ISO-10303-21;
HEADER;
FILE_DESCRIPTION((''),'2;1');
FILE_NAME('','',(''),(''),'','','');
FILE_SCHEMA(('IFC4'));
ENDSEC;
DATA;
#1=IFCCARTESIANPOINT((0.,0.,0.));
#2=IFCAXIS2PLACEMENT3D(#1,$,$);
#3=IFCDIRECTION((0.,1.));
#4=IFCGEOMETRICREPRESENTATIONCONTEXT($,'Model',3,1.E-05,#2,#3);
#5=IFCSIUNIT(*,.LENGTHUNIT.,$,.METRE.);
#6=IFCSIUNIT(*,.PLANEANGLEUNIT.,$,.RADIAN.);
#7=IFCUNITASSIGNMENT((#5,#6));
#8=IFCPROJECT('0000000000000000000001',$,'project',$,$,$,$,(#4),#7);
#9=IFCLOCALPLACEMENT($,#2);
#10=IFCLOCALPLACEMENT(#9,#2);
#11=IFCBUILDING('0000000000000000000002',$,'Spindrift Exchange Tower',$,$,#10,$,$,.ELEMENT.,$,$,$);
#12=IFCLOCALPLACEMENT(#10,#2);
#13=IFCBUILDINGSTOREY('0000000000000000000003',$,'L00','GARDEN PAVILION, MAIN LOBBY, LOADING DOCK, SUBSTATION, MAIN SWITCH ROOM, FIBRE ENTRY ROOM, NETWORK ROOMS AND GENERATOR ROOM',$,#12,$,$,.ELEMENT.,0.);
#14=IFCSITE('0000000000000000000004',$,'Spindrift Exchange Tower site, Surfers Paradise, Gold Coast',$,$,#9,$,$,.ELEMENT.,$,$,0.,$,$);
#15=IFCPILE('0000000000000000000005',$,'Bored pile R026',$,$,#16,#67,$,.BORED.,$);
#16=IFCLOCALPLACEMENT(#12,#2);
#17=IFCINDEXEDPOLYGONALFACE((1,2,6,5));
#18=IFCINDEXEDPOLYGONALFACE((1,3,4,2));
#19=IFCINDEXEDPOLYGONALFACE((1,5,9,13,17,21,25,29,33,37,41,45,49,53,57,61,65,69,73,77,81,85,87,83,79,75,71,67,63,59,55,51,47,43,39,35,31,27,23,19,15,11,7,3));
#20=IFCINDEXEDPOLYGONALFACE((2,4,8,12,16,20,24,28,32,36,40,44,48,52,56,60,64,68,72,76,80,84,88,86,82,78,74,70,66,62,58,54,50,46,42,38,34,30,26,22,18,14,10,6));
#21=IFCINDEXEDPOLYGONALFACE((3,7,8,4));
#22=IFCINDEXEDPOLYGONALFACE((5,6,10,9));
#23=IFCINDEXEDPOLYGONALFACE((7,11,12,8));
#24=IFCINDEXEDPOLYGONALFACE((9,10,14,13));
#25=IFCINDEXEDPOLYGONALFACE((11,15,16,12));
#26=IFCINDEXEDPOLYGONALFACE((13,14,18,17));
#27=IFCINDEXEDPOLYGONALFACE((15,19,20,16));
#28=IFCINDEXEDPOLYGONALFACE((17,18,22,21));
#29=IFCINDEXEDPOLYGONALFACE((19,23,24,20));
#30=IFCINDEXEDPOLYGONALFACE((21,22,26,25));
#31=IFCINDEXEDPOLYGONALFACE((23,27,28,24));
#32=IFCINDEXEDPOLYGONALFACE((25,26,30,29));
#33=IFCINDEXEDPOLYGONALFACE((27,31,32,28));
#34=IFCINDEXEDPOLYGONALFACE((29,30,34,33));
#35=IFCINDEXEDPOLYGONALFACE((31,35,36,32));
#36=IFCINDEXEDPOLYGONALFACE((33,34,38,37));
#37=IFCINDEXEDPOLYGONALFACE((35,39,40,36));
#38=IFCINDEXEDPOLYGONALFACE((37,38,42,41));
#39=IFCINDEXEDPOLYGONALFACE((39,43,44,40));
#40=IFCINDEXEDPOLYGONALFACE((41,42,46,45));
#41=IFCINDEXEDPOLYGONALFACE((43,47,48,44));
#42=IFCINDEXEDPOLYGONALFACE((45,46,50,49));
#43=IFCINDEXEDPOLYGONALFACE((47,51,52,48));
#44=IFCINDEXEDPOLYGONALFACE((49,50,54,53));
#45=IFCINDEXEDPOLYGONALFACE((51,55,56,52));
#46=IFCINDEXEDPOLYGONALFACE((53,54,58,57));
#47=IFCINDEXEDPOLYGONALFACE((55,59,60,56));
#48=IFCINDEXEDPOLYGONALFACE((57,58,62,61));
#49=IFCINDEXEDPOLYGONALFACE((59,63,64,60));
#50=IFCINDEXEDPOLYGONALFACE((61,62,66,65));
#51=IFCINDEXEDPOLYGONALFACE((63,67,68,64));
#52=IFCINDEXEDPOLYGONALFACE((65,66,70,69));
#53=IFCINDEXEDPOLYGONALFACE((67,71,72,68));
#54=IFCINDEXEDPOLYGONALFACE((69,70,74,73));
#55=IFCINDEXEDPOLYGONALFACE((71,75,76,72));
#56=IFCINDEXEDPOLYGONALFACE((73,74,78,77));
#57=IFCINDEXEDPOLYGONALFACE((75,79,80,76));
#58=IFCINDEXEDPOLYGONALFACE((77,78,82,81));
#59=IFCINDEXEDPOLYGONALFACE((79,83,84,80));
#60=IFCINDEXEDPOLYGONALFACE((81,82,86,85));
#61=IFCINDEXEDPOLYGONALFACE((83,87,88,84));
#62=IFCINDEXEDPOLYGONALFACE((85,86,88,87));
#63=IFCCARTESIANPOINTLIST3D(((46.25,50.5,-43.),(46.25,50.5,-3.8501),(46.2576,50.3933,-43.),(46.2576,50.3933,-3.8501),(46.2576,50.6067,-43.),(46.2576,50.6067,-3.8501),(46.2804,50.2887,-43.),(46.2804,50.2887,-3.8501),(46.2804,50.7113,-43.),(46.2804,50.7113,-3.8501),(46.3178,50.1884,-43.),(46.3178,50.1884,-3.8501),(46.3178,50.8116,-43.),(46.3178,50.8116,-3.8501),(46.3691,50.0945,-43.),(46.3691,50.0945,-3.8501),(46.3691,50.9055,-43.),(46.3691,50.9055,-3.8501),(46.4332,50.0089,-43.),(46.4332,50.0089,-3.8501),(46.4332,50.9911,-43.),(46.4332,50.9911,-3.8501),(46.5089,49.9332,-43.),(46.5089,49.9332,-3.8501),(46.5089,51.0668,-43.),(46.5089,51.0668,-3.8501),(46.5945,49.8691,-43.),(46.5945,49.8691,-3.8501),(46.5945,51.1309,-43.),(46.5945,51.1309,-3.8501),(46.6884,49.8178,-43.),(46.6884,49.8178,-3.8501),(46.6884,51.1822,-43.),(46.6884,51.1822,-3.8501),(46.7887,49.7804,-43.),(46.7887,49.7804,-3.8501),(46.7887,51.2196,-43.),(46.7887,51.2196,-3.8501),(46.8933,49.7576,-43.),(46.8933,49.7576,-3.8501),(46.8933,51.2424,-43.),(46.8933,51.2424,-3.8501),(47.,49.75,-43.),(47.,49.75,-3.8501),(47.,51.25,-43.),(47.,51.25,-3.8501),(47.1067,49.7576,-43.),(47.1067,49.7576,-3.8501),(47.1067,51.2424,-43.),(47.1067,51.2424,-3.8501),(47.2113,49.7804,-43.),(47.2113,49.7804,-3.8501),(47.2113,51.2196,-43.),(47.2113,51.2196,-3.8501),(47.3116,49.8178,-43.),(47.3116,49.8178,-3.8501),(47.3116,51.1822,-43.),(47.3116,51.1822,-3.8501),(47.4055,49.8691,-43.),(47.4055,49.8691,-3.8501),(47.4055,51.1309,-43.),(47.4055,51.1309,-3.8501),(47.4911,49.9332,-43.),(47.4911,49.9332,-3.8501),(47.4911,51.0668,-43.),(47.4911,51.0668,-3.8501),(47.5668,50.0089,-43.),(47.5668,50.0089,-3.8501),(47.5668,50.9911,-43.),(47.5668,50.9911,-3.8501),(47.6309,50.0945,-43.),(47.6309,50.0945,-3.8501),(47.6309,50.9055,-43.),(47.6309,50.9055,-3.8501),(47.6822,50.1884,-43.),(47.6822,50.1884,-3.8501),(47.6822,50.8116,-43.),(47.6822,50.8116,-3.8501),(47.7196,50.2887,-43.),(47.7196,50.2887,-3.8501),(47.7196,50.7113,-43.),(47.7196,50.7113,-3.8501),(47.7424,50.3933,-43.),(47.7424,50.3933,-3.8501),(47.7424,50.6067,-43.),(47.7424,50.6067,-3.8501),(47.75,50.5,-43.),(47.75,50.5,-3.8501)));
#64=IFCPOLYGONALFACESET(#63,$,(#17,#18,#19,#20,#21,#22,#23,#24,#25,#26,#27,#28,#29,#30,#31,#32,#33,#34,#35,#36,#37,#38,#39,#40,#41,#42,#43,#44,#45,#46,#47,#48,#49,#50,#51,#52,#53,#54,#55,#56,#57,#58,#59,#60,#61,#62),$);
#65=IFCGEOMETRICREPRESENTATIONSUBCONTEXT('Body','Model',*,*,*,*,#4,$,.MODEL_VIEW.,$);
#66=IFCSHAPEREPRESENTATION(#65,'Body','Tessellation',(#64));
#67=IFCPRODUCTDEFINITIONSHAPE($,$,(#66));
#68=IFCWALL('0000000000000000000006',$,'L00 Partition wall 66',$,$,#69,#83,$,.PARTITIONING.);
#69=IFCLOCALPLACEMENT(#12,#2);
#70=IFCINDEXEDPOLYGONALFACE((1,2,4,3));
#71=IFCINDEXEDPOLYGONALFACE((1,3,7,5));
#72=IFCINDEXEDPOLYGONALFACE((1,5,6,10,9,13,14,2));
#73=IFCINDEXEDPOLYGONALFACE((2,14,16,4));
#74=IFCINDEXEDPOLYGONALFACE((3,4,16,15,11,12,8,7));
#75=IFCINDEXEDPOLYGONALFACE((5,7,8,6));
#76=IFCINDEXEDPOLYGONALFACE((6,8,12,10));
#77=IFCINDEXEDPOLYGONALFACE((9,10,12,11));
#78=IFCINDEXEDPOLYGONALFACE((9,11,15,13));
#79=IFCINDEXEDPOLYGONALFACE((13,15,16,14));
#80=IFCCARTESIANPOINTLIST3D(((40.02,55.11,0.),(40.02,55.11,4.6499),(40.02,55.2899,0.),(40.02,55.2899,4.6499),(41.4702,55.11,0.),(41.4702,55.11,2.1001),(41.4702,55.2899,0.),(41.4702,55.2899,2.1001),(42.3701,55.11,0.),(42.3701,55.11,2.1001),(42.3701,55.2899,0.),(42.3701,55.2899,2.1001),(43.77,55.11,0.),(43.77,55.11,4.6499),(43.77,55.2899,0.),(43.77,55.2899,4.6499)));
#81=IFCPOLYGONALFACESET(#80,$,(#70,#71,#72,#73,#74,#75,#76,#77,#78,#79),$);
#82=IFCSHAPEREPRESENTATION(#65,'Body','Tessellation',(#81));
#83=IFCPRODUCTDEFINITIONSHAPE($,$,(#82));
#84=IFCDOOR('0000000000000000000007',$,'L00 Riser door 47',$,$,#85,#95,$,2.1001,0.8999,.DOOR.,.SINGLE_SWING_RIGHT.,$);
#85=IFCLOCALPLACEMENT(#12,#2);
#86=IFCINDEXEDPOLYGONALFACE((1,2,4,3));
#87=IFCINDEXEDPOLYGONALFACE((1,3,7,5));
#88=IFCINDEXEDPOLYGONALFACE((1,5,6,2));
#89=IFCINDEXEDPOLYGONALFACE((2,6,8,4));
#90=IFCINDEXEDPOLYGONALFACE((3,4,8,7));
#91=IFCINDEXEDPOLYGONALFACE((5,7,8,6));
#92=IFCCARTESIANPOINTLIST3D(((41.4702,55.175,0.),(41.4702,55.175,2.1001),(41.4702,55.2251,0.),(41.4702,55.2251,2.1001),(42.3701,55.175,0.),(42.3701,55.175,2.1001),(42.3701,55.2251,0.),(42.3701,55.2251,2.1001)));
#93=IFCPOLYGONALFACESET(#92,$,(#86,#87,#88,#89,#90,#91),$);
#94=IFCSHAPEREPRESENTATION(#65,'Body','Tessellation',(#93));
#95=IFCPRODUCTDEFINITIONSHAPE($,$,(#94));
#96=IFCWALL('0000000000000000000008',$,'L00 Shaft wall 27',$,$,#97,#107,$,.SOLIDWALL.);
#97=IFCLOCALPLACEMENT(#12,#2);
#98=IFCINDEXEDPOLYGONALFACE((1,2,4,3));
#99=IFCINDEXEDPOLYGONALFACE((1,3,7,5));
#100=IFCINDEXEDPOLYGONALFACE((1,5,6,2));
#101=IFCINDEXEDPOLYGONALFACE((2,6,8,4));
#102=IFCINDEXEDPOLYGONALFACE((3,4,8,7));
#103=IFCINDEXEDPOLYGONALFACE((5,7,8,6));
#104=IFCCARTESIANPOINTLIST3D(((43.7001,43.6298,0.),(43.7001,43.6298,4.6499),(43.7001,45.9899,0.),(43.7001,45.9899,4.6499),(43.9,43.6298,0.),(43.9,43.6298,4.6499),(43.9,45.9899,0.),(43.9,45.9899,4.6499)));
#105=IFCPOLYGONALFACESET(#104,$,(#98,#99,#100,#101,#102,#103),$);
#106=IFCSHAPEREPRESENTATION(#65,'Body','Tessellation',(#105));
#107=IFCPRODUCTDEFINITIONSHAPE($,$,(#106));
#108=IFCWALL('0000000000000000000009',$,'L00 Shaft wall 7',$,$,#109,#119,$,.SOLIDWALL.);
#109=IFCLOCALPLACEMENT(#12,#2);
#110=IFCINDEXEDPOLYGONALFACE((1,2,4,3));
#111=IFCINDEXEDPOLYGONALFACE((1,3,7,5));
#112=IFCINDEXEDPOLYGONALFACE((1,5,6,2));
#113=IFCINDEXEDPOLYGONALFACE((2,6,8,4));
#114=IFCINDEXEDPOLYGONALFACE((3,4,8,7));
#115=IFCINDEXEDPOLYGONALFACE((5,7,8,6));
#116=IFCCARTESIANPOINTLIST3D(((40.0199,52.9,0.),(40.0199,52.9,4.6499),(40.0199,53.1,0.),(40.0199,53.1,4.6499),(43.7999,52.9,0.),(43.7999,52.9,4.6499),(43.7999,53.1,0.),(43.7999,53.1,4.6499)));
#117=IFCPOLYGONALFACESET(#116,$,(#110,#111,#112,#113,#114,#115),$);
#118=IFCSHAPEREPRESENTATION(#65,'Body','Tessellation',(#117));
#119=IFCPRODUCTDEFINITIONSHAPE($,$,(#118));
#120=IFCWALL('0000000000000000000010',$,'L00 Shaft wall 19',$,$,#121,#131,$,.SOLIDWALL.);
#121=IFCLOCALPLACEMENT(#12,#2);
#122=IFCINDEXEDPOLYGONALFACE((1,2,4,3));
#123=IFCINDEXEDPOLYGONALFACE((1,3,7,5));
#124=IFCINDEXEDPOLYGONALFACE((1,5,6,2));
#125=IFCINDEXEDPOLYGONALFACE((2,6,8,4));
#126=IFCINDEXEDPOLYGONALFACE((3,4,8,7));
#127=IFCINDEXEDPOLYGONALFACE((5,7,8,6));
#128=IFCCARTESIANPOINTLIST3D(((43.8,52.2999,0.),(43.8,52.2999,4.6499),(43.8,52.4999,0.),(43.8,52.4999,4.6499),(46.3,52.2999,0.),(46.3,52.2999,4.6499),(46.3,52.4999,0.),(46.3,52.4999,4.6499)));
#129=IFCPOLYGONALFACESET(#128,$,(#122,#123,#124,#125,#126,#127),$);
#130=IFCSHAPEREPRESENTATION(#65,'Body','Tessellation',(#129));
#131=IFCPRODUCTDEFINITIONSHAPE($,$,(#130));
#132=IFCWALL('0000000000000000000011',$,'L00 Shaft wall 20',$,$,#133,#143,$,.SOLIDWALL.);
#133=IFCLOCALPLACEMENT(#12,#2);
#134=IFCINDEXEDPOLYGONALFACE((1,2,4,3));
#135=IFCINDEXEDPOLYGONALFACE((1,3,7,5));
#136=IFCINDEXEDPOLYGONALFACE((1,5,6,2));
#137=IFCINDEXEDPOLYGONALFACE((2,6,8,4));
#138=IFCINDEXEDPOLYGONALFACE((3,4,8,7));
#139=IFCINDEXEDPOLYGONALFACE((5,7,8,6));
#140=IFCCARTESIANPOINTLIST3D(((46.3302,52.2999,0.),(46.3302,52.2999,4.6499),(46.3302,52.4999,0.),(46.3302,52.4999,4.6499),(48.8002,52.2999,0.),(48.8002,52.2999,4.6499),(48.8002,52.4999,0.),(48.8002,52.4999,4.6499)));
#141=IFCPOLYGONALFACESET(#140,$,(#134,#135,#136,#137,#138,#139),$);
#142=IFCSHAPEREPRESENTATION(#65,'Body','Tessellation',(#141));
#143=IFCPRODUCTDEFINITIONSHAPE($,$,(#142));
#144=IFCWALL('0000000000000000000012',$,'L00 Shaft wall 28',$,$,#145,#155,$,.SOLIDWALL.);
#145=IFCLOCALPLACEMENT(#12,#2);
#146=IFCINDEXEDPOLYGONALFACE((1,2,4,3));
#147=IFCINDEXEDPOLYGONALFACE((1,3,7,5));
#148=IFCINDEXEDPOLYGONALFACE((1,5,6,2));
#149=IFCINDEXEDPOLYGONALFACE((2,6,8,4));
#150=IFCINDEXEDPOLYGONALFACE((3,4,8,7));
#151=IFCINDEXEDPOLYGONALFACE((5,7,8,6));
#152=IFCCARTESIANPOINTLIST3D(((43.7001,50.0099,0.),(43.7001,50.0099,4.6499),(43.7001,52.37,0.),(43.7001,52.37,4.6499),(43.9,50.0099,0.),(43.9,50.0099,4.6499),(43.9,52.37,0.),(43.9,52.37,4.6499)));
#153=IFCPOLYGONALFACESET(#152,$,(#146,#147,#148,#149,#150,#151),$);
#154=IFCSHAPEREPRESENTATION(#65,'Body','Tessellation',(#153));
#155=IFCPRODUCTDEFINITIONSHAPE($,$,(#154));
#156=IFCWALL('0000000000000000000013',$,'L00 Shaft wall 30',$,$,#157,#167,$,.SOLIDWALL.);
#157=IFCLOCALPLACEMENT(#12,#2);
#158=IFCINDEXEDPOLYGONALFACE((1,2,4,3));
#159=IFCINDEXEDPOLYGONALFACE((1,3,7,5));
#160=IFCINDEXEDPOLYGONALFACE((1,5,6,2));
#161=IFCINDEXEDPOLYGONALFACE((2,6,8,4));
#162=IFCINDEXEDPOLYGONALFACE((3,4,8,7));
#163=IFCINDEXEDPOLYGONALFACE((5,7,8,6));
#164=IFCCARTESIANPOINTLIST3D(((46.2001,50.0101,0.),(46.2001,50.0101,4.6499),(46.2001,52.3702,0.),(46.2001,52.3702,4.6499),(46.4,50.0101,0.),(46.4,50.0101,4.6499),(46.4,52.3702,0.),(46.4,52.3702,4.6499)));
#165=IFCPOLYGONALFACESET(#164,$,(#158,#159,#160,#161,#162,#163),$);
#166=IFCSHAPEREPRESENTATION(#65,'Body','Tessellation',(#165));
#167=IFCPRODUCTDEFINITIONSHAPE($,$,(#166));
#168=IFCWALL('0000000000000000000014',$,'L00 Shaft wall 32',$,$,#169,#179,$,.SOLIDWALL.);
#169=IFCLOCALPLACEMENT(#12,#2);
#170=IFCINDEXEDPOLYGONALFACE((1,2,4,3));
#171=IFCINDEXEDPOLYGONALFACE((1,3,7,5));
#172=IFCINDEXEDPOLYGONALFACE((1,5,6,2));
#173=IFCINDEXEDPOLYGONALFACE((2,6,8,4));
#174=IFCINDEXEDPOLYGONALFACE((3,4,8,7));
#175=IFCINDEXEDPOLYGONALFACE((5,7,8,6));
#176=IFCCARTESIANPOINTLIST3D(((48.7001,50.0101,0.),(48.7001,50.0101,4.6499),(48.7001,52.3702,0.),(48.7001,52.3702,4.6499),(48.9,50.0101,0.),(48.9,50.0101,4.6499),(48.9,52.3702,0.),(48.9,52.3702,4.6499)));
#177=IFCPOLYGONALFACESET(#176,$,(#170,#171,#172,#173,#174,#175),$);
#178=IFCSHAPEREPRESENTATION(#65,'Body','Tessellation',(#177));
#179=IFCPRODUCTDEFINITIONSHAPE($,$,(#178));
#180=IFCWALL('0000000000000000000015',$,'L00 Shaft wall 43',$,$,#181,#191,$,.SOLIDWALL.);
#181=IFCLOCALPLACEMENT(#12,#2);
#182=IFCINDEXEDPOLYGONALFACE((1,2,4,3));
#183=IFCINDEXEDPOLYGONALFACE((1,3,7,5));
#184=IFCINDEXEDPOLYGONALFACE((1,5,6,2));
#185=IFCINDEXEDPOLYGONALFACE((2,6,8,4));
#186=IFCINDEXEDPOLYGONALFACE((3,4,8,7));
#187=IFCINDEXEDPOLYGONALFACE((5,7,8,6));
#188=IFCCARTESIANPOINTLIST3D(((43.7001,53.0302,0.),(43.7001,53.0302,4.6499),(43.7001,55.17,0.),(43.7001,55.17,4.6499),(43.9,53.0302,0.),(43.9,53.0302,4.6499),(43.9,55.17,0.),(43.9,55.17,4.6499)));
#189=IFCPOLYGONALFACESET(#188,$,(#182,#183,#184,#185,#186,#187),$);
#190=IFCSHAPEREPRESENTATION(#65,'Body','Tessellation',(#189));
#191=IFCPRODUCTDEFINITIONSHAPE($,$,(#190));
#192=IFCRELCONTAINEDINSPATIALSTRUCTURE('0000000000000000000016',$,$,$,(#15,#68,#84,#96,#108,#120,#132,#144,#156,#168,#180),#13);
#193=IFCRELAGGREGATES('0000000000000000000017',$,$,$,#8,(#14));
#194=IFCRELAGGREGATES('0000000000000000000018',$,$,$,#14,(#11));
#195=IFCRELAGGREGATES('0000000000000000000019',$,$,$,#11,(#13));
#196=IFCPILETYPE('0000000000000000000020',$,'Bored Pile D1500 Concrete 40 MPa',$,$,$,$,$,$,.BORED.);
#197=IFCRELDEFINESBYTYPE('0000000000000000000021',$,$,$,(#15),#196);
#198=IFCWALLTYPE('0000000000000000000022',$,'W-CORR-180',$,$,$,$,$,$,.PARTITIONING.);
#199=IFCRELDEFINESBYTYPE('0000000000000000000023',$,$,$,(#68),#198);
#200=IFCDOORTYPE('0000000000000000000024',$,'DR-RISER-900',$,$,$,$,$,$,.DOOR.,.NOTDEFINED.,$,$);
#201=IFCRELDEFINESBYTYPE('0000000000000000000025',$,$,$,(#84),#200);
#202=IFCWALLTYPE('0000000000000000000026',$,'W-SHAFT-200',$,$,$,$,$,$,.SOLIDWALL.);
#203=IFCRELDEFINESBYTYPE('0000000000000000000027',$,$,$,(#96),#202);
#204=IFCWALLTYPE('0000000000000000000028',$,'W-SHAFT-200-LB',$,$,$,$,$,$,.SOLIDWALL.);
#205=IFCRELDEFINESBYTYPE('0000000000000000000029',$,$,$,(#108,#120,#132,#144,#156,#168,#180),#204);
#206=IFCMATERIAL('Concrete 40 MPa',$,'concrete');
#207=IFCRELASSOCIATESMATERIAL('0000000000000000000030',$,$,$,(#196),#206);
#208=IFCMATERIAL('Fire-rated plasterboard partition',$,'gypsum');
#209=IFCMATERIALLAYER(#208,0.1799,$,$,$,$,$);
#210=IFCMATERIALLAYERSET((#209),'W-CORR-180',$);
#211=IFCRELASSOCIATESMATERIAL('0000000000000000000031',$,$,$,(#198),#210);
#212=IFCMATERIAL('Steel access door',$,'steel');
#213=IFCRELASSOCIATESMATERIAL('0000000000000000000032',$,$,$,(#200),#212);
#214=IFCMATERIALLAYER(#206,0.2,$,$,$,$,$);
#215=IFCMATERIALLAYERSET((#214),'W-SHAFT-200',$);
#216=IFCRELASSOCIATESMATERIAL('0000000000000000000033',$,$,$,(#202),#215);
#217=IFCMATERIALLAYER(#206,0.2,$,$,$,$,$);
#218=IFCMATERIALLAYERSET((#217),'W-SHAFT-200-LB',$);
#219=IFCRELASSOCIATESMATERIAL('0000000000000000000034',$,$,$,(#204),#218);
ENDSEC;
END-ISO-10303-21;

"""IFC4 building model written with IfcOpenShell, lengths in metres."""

from ifc_helpers import new_model, si_unit, direction, frame, frame_2d, origin, origin_2d, place, context, subcontext, project, spatial, rectangle, circle, extrude, source, transform, mapped, material, layer, layer_set, material_profile, profile_set, type_object, element, fill, save


model = new_model("IFC4")

# Units and contexts
model_context = context("Model", 3, precision=1e-05, world=origin(), true_north=direction((0.0, 1.0)))
body_context = subcontext(model_context, "Body", "Model", "MODEL_VIEW")
ifc_project = project(units=[si_unit("LENGTHUNIT", "METRE"), si_unit("PLANEANGLEUNIT", "RADIAN")], contexts=[model_context])

# Site, building, storey
site_placement = place(None, origin())
site = spatial("IfcSite", under=ifc_project, at=site_placement, Name="Spindrift Exchange Tower site, Surfers Paradise, Gold Coast", CompositionType="ELEMENT", RefElevation=0.0)
building_placement = place(site_placement, origin())
building = spatial("IfcBuilding", under=site, at=building_placement, Name="Spindrift Exchange Tower", CompositionType="ELEMENT")
storey_placement = place(building_placement, origin())
storey = spatial("IfcBuildingStorey", under=building, at=storey_placement, Name="L00", Description="GARDEN PAVILION, MAIN LOBBY, LOADING DOCK, SUBSTATION, MAIN SWITCH ROOM, FIBRE ENTRY ROOM, NETWORK ROOMS AND GENERATOR ROOM", CompositionType="ELEMENT", Elevation=0.0)

# Pile
ifc_material_1 = material(Name="Concrete 40 MPa", Category="concrete")
ifc_material_profile = material_profile(ifc_material_1, circle(Radius=0.75, at=origin_2d()), Name="BP D1500")
ifc_profile_set = profile_set([ifc_material_profile], Name="Concrete 40 MPa")
pile_type = type_object("IfcPileType", Name="Bored Pile D1500 Concrete 40 MPa", PredefinedType="BORED", material=ifc_profile_set)
shared_shape_1 = source(origin(), body_context, "Body", "SweptSolid", [
    extrude(circle(Radius=0.75, at=origin_2d()), origin(), (0.0, 0.0, 1.0), 39.1499),
])
for number, where, z_axis, x_axis, name in (
    (1, (47.0, 50.5, -3.8501), (0.0, 0.0, -1.0), (1.0, 0.0, 0.0), "Bored pile R026"),
):
    element("IfcPile", number, at=place(storey_placement, frame(where, z_axis=z_axis, x_axis=x_axis)), inside=storey, type_object=pile_type, Name=name, PredefinedType="BORED", context=body_context, shape_type="MappedRepresentation", body=[
        mapped(shared_shape_1, transform((0.0, 0.0, 0.0), scale=1.0)),
    ])

# Wall, opening, door
ifc_material_2 = material(Name="Fire-rated plasterboard partition", Category="gypsum")
ifc_layer_1 = layer(ifc_material_2, 0.1799)
ifc_layer_set_1 = layer_set([ifc_layer_1], Name="W-CORR-180")
wall_type_1 = type_object("IfcWallType", Name="W-CORR-180", PredefinedType="PARTITIONING", material=ifc_layer_set_1)
wall_1_placement = place(storey_placement, frame((43.77, 55.2, 0.0), z_axis=(0.0, 0.0, 1.0), x_axis=(-1.0, 0.0, 0.0)))
wall_1 = element("IfcWall", 2, at=wall_1_placement, inside=storey, type_object=wall_type_1, Name="L00 Partition wall 66", PredefinedType="PARTITIONING", context=body_context, shape_type="SweptSolid", body=[
    extrude(rectangle(XDim=3.75, YDim=0.1799, at=frame_2d((1.875, 0.0))), origin(), (0.0, 0.0, 1.0), 4.6499),
])
opening_placement = place(wall_1_placement, frame((1.3999, 0.0, 0.0)))
opening = element("IfcOpeningElement", 3, at=opening_placement, cuts=wall_1, PredefinedType="OPENING", context=body_context, shape_type="SweptSolid", body=[
    extrude(rectangle(XDim=0.8999, YDim=2.1001, at=frame_2d((0.45, 1.05))), frame((0.0, 0.0999, 0.0), z_axis=(0.0, -1.0, 0.0), x_axis=(1.0, 0.0, 0.0)), (0.0, 0.0, 1.0), 0.2),
])
ifc_material_3 = material(Name="Steel access door", Category="steel")
door_type = type_object("IfcDoorType", Name="DR-RISER-900", OperationType="NOTDEFINED", PredefinedType="DOOR", material=ifc_material_3)
shared_shape_2 = source(origin(), body_context, "Body", "SweptSolid", [
    extrude(rectangle(XDim=0.8999, YDim=2.1001, at=frame_2d((0.45, 1.05))), frame((0.0, 0.0249, 0.0), z_axis=(0.0, -1.0, 0.0), x_axis=(1.0, 0.0, 0.0)), (0.0, 0.0, 1.0), 0.05),
])
door_placement = place(opening_placement, origin())
door = element("IfcDoor", 4, at=door_placement, inside=storey, type_object=door_type, Name="L00 Riser door 47", OperationType="SINGLE_SWING_RIGHT", OverallHeight=2.1001, OverallWidth=0.8999, PredefinedType="DOOR", context=body_context, shape_type="MappedRepresentation", body=[
    mapped(shared_shape_2, transform((0.0, 0.0, 0.0), scale=1.0)),
])
fill(opening, door)

# Walls
ifc_layer_2 = layer(ifc_material_1, 0.2)
ifc_layer_set_2 = layer_set([ifc_layer_2], Name="W-SHAFT-200")
wall_type_2 = type_object("IfcWallType", Name="W-SHAFT-200", PredefinedType="SOLIDWALL", material=ifc_layer_set_2)
wall_2_placement = place(storey_placement, frame((43.8, 45.99, 0.0), z_axis=(0.0, 0.0, 1.0), x_axis=(0.0, -1.0, 0.0)))
element("IfcWall", 5, at=wall_2_placement, inside=storey, type_object=wall_type_2, Name="L00 Shaft wall 27", PredefinedType="SOLIDWALL", context=body_context, shape_type="SweptSolid", body=[
    extrude(rectangle(XDim=2.3601, YDim=0.2, at=frame_2d((1.1802, 0.0))), origin(), (0.0, 0.0, 1.0), 4.6499),
])
ifc_layer_3 = layer(ifc_material_1, 0.2)
ifc_layer_set_3 = layer_set([ifc_layer_3], Name="W-SHAFT-200-LB")
wall_type_3 = type_object("IfcWallType", Name="W-SHAFT-200-LB", PredefinedType="SOLIDWALL", material=ifc_layer_set_3)
wall_3_placement = place(storey_placement, frame((43.8, 53.0, 0.0), z_axis=(0.0, 0.0, 1.0), x_axis=(-1.0, 0.0, 0.0)))
element("IfcWall", 6, at=wall_3_placement, inside=storey, type_object=wall_type_3, Name="L00 Shaft wall 7", PredefinedType="SOLIDWALL", context=body_context, shape_type="SweptSolid", body=[
    extrude(rectangle(XDim=3.78, YDim=0.2, at=frame_2d((1.8901, 0.0))), origin(), (0.0, 0.0, 1.0), 4.6499),
])
wall_4_placement = place(storey_placement, frame((46.3, 52.3999, 0.0), z_axis=(0.0, 0.0, 1.0), x_axis=(-1.0, 0.0, 0.0)))
element("IfcWall", 7, at=wall_4_placement, inside=storey, type_object=wall_type_3, Name="L00 Shaft wall 19", PredefinedType="SOLIDWALL", context=body_context, shape_type="SweptSolid", body=[
    extrude(rectangle(XDim=2.5, YDim=0.2, at=frame_2d((1.25, 0.0))), origin(), (0.0, 0.0, 1.0), 4.6499),
])
wall_5_placement = place(storey_placement, frame((48.8, 52.3999, 0.0), z_axis=(0.0, 0.0, 1.0), x_axis=(-1.0, 0.0, 0.0)))
element("IfcWall", 8, at=wall_5_placement, inside=storey, type_object=wall_type_3, Name="L00 Shaft wall 20", PredefinedType="SOLIDWALL", context=body_context, shape_type="SweptSolid", body=[
    extrude(rectangle(XDim=2.47, YDim=0.2, at=frame_2d((1.2349, 0.0))), origin(), (0.0, 0.0, 1.0), 4.6499),
])
for number, where, z_axis, x_axis, name in (
    (9, (43.8, 52.3701, 0.0), (0.0, 0.0, 1.0), (0.0, -1.0, 0.0), "L00 Shaft wall 28"),
    (10, (46.3, 50.01, 0.0), (0.0, 0.0, 1.0), (0.0, 1.0, 0.0), "L00 Shaft wall 30"),
    (11, (48.8, 50.01, 0.0), (0.0, 0.0, 1.0), (0.0, 1.0, 0.0), "L00 Shaft wall 32"),
):
    element("IfcWall", number, at=place(storey_placement, frame(where, z_axis=z_axis, x_axis=x_axis)), inside=storey, type_object=wall_type_3, Name=name, PredefinedType="SOLIDWALL", context=body_context, shape_type="SweptSolid", body=[
        extrude(rectangle(XDim=2.3601, YDim=0.2, at=frame_2d((1.1802, 0.0))), origin(), (0.0, 0.0, 1.0), 4.6499),
    ])
wall_6_placement = place(storey_placement, frame((43.8, 55.1699, 0.0), z_axis=(0.0, 0.0, 1.0), x_axis=(0.0, -1.0, 0.0)))
element("IfcWall", 12, at=wall_6_placement, inside=storey, type_object=wall_type_3, Name="L00 Shaft wall 43", PredefinedType="SOLIDWALL", context=body_context, shape_type="SweptSolid", body=[
    extrude(rectangle(XDim=2.1399, YDim=0.2, at=frame_2d((1.0698, 0.0))), origin(), (0.0, 0.0, 1.0), 4.6499),
])

save(model, "model.ifc")
